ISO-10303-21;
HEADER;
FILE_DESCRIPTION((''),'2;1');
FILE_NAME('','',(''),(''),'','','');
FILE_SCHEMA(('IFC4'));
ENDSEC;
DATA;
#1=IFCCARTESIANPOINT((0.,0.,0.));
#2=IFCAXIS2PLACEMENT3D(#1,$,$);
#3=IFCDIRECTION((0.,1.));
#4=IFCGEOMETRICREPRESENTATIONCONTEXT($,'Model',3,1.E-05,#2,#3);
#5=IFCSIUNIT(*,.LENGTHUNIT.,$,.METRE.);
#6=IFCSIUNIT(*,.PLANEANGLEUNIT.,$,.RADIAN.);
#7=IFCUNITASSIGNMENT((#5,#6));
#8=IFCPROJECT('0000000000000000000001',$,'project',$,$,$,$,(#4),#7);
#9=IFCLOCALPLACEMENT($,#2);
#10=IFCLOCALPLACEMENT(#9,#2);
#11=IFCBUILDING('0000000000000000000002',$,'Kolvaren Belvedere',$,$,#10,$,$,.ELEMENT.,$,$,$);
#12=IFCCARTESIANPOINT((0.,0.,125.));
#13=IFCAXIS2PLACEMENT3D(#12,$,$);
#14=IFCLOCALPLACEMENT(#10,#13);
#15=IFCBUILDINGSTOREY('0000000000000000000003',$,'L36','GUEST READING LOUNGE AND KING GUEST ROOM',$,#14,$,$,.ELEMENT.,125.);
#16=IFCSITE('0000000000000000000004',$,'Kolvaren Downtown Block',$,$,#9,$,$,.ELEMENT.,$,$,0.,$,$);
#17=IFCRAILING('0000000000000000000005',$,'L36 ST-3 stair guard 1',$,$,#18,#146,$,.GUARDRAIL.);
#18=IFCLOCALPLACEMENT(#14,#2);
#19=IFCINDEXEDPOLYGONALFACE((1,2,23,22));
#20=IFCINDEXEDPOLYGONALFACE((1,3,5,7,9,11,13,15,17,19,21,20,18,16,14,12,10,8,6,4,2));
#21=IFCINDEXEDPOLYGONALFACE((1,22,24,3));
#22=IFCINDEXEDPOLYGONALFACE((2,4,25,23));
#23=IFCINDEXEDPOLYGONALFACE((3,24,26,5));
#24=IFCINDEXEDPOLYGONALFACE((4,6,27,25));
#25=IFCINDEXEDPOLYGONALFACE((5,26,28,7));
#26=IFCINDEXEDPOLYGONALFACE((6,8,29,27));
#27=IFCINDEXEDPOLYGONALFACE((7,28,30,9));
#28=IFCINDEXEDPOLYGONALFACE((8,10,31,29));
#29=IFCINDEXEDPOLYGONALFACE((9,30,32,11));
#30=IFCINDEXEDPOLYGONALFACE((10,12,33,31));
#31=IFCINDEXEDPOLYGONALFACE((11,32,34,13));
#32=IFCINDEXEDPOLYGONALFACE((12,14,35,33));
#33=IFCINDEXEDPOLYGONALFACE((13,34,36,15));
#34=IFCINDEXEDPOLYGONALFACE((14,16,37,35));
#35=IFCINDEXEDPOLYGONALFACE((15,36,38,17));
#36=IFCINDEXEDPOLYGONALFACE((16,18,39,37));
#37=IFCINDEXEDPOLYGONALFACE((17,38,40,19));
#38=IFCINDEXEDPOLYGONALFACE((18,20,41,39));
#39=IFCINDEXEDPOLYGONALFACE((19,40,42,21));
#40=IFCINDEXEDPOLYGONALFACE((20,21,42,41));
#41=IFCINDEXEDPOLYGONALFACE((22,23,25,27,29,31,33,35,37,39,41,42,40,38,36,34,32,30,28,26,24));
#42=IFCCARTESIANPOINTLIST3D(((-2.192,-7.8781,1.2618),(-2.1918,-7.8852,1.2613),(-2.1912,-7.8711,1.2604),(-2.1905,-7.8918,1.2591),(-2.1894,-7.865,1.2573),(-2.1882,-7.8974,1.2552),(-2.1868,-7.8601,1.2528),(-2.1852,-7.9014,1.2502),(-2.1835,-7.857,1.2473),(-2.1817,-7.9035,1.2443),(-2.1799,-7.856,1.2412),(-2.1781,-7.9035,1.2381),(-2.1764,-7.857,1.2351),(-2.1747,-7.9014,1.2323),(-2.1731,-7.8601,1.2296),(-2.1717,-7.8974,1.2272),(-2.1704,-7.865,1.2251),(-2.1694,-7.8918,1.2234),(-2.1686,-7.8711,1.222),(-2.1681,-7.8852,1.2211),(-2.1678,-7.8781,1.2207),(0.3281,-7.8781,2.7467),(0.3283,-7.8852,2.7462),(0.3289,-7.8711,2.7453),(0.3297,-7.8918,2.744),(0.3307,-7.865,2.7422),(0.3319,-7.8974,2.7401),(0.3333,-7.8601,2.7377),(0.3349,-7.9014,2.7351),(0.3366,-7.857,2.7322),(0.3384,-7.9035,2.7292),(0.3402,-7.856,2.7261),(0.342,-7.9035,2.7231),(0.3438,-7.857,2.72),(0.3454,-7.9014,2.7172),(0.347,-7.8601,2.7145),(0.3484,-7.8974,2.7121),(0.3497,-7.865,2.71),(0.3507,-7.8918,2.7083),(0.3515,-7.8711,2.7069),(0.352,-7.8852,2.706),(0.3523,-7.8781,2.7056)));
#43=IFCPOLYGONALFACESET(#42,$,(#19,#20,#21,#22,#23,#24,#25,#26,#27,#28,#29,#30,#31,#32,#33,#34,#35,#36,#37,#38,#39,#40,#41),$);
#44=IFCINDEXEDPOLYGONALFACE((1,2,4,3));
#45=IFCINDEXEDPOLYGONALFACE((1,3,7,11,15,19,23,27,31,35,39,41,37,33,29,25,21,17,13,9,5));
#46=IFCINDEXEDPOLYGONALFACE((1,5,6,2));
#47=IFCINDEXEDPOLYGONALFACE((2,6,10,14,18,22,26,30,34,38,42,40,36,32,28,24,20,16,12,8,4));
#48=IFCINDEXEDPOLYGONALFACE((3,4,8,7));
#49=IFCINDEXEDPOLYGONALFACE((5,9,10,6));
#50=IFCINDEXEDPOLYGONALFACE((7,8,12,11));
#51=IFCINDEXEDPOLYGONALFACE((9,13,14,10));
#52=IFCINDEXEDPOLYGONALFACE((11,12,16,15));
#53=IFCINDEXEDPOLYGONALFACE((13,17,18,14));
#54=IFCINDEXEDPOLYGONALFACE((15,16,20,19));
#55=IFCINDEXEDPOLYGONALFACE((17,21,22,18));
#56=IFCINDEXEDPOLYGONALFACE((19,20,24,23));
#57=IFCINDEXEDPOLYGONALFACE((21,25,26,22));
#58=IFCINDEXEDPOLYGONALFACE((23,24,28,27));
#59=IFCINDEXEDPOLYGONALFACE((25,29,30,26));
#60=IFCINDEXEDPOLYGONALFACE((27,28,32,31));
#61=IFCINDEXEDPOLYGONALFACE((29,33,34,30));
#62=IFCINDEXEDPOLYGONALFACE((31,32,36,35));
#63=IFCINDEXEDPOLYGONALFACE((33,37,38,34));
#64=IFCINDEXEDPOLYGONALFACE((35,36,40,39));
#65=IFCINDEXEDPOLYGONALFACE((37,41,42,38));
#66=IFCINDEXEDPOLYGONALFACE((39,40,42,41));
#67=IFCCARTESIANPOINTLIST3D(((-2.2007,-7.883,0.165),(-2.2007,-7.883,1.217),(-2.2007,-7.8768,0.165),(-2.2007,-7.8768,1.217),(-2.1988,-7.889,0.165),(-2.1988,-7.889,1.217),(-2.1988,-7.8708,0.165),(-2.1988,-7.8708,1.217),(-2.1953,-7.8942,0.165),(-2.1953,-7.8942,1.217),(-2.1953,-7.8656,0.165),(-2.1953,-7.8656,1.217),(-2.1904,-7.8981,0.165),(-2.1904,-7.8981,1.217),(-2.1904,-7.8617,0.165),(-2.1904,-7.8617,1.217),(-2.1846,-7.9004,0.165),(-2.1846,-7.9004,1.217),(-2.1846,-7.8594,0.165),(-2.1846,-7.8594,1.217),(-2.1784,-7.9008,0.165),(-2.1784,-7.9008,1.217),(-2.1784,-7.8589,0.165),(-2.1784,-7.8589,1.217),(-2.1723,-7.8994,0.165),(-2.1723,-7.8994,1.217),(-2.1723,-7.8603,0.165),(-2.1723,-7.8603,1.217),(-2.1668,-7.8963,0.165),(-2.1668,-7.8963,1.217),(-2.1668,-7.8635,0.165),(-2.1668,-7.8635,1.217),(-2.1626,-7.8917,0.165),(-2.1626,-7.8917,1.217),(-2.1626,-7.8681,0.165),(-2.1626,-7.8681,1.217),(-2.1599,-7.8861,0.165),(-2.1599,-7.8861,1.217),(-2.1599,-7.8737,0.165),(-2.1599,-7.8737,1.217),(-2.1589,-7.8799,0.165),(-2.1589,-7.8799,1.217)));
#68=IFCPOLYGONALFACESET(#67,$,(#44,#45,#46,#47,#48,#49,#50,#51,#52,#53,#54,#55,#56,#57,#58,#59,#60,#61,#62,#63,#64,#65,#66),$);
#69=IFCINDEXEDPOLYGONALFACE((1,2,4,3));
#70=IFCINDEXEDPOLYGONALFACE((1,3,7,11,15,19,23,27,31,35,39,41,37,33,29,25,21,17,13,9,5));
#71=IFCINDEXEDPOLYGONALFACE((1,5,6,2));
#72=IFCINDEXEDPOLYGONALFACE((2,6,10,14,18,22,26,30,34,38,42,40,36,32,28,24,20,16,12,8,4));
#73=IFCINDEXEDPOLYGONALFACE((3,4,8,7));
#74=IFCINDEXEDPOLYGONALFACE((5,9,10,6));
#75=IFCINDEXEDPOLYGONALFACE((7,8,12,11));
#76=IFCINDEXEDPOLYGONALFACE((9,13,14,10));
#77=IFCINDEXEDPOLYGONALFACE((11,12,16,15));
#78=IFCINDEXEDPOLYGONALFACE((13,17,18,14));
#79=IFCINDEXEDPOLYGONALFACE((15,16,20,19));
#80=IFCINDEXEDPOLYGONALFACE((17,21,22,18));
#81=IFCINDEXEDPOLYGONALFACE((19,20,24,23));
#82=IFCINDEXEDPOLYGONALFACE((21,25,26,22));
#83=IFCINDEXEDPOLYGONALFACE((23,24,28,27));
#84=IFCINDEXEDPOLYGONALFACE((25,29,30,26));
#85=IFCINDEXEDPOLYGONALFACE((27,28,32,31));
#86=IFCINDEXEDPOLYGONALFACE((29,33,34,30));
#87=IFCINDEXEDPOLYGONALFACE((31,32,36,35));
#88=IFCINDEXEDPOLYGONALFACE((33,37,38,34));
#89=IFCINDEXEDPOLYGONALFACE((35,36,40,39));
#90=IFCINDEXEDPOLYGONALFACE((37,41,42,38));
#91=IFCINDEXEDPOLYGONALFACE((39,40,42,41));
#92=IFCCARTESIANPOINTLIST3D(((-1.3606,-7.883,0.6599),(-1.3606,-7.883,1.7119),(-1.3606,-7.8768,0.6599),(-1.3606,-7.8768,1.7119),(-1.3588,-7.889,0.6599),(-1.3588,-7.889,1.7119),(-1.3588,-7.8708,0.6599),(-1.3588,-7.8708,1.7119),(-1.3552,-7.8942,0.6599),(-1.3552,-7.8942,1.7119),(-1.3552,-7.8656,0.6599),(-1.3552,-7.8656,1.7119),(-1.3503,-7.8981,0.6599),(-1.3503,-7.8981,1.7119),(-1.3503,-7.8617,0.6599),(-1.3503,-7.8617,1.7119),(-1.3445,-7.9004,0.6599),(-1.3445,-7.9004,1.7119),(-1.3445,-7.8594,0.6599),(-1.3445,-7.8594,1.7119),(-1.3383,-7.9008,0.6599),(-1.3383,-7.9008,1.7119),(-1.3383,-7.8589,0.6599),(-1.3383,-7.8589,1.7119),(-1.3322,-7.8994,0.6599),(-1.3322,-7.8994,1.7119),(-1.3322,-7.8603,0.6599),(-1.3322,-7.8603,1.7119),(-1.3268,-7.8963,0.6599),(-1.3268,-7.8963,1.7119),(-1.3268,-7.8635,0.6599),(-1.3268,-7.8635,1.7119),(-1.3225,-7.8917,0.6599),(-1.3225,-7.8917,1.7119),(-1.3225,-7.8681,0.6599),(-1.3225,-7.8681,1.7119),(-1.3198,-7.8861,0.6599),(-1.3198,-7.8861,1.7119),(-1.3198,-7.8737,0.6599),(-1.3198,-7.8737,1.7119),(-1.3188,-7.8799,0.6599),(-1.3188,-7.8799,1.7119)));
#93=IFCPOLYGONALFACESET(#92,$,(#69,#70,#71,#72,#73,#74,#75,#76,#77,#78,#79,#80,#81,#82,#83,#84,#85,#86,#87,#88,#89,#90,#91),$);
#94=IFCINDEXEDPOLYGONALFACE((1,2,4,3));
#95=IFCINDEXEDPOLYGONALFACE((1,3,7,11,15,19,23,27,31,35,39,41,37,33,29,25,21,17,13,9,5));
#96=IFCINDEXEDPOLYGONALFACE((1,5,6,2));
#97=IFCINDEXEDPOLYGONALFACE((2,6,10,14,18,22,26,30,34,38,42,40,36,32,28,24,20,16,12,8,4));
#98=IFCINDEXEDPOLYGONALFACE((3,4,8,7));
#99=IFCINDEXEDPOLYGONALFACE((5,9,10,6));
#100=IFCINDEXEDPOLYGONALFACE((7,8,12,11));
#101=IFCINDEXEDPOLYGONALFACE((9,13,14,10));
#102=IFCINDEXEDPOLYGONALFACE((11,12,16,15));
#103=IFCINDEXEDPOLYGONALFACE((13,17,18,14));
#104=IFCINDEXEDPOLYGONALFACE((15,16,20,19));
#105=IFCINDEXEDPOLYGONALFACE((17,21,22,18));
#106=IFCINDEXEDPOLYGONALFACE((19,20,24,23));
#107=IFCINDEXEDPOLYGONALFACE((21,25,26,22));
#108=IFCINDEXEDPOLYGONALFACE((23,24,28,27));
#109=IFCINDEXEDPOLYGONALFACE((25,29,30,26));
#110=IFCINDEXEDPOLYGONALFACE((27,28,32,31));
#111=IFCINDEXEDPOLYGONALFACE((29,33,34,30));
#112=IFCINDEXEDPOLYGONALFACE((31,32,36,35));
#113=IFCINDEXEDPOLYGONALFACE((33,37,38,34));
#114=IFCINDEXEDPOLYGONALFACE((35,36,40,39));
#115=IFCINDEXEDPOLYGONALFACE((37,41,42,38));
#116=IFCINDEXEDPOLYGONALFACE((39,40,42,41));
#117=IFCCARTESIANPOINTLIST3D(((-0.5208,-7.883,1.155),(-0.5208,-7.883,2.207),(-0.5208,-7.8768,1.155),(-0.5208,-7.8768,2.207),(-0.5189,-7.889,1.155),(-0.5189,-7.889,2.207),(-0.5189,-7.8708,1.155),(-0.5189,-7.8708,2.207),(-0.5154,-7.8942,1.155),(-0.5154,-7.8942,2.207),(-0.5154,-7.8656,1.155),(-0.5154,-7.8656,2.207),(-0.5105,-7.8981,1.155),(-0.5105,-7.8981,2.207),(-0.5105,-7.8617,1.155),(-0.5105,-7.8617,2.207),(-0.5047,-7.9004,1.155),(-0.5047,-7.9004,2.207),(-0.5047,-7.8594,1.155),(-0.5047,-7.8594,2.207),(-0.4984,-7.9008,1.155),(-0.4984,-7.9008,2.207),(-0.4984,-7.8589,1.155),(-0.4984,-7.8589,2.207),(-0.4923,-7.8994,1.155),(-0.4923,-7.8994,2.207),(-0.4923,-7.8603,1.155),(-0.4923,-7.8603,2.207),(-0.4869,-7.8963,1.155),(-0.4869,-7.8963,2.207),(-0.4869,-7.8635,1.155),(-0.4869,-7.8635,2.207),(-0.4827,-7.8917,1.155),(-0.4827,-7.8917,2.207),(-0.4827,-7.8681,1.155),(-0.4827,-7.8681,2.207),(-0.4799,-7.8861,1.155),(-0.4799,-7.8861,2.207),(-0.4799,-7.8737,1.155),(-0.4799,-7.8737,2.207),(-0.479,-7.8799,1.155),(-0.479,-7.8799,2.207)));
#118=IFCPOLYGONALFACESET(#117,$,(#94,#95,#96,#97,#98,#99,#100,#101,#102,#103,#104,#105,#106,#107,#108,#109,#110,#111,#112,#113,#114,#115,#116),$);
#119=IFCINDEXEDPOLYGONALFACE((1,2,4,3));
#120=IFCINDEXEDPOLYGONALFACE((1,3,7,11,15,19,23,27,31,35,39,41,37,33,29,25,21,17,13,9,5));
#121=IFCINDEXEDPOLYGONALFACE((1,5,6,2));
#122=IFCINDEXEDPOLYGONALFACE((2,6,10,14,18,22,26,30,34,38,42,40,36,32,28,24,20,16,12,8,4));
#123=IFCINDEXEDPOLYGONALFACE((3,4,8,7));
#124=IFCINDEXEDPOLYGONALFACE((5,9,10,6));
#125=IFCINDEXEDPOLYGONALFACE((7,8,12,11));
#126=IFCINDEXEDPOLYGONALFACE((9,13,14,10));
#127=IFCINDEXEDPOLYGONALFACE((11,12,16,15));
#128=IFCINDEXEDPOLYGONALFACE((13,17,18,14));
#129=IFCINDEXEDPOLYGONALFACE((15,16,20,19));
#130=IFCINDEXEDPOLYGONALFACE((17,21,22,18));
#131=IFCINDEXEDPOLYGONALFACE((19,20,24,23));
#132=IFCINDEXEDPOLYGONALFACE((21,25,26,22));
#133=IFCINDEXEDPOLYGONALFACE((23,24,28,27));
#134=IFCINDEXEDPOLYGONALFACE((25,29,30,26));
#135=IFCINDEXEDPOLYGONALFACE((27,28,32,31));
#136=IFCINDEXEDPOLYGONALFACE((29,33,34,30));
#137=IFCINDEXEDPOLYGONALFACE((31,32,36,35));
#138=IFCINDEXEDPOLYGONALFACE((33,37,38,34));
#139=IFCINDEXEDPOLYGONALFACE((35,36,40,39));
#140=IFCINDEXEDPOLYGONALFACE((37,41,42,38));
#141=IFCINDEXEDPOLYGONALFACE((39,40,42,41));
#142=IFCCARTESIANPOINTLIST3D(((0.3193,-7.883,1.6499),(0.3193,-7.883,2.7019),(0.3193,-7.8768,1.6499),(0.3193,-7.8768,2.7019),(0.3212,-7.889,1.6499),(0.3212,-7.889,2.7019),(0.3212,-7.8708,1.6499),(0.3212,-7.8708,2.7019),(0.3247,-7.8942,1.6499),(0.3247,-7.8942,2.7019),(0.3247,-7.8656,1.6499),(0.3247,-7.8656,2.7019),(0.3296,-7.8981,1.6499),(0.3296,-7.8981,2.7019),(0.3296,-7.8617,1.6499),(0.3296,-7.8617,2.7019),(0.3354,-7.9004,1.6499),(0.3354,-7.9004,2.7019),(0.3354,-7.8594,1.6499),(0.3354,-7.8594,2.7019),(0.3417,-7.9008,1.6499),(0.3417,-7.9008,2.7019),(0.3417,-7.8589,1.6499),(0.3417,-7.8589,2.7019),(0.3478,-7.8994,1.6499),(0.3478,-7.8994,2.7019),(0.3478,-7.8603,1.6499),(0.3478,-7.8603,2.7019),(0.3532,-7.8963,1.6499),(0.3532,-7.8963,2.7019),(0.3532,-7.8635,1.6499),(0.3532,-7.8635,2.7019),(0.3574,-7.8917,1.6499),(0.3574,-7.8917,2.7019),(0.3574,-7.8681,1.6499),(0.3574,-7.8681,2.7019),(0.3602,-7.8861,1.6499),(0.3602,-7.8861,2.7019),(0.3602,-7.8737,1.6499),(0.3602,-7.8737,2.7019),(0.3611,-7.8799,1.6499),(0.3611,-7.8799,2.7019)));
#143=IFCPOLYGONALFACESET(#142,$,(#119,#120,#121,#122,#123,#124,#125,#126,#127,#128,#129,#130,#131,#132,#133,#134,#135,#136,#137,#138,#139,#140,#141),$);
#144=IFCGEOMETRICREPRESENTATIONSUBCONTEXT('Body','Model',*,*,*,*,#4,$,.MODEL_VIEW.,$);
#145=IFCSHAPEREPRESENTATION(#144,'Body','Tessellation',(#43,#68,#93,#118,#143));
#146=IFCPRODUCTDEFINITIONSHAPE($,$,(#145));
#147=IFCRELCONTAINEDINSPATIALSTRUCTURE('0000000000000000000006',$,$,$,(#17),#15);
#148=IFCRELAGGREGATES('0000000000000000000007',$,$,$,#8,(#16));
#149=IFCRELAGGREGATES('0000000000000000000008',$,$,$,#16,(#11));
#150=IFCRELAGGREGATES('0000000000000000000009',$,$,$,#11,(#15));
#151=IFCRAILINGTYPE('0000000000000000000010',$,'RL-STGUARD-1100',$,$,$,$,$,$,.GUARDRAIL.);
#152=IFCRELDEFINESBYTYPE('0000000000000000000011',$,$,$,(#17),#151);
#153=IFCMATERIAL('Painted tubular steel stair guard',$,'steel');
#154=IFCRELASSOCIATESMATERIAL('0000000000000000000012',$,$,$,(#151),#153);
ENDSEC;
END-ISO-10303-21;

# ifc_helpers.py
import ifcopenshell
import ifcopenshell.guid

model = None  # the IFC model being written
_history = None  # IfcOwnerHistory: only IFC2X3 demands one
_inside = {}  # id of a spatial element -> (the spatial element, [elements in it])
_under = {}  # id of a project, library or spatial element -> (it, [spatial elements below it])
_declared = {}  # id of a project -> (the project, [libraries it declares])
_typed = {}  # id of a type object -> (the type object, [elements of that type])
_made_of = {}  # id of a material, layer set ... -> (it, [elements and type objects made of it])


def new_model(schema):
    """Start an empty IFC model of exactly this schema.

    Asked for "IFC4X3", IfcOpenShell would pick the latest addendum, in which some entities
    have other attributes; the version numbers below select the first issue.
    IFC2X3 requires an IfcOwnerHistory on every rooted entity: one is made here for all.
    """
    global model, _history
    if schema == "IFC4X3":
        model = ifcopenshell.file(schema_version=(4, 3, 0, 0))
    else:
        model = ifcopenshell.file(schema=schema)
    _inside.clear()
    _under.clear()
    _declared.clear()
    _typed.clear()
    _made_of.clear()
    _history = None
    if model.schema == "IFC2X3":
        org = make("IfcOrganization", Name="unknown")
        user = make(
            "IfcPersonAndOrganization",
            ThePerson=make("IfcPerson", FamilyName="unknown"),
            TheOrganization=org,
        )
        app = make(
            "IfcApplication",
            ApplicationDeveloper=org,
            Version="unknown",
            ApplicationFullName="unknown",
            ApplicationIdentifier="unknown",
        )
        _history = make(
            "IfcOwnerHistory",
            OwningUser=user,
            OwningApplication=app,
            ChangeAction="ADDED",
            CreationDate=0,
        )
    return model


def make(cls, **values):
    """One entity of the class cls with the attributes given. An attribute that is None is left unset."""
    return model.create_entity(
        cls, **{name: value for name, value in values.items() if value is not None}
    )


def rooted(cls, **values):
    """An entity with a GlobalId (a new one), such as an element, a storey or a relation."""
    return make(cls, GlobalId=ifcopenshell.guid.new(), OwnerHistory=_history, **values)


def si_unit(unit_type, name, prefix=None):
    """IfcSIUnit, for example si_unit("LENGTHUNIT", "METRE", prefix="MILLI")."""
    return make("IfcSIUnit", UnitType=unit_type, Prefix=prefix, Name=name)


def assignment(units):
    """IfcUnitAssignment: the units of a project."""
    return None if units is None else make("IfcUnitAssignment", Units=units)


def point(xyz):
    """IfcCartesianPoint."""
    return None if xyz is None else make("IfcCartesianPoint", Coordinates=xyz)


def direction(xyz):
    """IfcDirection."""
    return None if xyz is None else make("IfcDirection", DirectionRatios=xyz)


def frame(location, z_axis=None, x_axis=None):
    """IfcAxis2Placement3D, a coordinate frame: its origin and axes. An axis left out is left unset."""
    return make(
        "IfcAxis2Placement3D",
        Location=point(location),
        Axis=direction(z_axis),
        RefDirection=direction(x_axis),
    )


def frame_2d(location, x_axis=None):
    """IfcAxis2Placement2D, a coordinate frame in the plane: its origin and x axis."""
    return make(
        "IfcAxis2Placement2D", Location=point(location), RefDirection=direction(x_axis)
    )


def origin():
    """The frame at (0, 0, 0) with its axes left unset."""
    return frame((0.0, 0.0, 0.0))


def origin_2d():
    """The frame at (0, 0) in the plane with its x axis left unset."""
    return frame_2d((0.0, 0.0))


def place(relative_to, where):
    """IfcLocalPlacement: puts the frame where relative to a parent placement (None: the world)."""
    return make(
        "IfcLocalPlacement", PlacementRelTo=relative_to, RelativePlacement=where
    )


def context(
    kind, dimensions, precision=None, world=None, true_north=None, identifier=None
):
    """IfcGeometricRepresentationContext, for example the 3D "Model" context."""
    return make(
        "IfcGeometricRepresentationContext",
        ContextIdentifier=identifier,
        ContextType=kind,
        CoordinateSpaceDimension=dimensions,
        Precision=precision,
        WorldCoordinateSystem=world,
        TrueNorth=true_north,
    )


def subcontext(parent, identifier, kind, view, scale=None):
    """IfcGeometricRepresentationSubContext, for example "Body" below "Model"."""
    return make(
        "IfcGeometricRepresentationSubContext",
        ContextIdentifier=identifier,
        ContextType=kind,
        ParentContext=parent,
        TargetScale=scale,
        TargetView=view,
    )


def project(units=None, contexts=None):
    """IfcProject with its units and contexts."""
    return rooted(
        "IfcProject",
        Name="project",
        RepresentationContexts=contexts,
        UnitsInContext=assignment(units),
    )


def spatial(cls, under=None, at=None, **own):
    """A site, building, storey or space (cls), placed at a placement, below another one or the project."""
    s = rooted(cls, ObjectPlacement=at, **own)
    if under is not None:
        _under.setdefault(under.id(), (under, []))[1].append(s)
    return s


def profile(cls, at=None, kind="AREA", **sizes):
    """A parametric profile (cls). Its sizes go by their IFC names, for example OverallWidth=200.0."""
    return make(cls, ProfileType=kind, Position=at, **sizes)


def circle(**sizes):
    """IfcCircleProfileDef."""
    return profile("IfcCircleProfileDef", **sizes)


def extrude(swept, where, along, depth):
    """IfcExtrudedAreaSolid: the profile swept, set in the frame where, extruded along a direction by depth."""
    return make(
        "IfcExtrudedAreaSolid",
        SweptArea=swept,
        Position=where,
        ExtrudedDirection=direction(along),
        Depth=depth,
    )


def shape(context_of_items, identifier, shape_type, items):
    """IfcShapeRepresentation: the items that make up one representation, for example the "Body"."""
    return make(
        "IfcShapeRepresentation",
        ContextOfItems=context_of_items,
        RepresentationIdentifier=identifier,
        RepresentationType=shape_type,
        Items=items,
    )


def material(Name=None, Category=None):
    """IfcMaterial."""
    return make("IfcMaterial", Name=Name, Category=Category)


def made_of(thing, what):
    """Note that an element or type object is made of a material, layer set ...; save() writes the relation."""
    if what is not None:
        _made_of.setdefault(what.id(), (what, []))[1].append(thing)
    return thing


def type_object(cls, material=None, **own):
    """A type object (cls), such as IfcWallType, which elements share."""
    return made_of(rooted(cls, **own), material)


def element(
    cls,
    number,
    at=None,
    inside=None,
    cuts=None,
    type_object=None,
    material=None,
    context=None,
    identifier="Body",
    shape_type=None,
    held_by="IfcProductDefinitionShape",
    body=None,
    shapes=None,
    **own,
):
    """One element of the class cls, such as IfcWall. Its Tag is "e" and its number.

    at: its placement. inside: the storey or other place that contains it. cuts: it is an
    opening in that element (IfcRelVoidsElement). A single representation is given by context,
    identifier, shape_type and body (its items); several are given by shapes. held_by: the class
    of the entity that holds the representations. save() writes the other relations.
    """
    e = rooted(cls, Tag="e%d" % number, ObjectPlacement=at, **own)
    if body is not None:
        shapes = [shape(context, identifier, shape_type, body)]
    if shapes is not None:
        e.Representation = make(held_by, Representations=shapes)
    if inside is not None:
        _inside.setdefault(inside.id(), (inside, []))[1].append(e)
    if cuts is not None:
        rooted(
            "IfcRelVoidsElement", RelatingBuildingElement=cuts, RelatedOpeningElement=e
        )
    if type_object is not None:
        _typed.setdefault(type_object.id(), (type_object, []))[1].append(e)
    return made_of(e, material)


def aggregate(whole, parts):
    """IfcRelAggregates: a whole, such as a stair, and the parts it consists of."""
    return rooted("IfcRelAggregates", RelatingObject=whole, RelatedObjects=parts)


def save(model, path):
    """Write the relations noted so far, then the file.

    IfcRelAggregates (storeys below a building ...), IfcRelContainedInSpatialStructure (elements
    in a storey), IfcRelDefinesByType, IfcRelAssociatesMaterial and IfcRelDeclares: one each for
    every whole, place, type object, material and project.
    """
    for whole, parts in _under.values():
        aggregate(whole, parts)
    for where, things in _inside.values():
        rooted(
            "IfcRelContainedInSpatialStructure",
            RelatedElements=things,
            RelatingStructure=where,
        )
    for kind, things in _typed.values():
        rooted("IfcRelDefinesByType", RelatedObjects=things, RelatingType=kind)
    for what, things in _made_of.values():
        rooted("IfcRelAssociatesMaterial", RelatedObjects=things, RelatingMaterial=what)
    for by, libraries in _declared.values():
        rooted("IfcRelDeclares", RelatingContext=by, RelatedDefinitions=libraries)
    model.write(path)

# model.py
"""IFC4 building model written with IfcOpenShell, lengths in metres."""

from ifc_helpers import new_model, si_unit, direction, frame, origin, origin_2d, place, context, subcontext, project, spatial, circle, extrude, material, type_object, element, save


model = new_model("IFC4")

# Units and contexts
model_context = context("Model", 3, precision=1e-05, world=origin(), true_north=direction((0.0, 1.0)))
body_context = subcontext(model_context, "Body", "Model", "MODEL_VIEW")
ifc_project = project(units=[si_unit("LENGTHUNIT", "METRE"), si_unit("PLANEANGLEUNIT", "RADIAN")], contexts=[model_context])

# Site, building, storey
site_placement = place(None, origin())
site = spatial("IfcSite", under=ifc_project, at=site_placement, Name="Kolvaren Downtown Block", CompositionType="ELEMENT", RefElevation=0.0)
building_placement = place(site_placement, origin())
building = spatial("IfcBuilding", under=site, at=building_placement, Name="Kolvaren Belvedere", CompositionType="ELEMENT")
storey_placement = place(building_placement, frame((0.0, 0.0, 125.0)))
storey = spatial("IfcBuildingStorey", under=building, at=storey_placement, Name="L36", Description="GUEST READING LOUNGE AND KING GUEST ROOM", CompositionType="ELEMENT", Elevation=125.0)

# Railing
ifc_material_1 = material(Name="Painted tubular steel stair guard", Category="steel")
railing_type_1 = type_object("IfcRailingType", Name="RL-STGUARD-1100", PredefinedType="GUARDRAIL", material=ifc_material_1)
railing_1_placement = place(storey_placement, frame((-2.1799, -7.8799, 0.165)))
element("IfcRailing", 1, at=railing_1_placement, inside=storey, type_object=railing_type_1, Name="L36 ST-3 stair guard 1", PredefinedType="GUARDRAIL", context=body_context, shape_type="SweptSolid", body=[
    extrude(circle(Radius=0.0239, at=origin_2d()), frame((0.0, 0.0, 1.0762), z_axis=(0.861561, 0.0, 0.507655), x_axis=(0.0, 1.0, 0.0)), (0.0, 0.0, 1.0), 2.925),
    extrude(circle(Radius=0.021, at=origin_2d()), origin(), (0.0, 0.0, 1.0), 1.052),
    extrude(circle(Radius=0.021, at=origin_2d()), frame((0.8401, 0.0, 0.4949)), (0.0, 0.0, 1.0), 1.052),
    extrude(circle(Radius=0.021, at=origin_2d()), frame((1.6799, 0.0, 0.99)), (0.0, 0.0, 1.0), 1.052),
    extrude(circle(Radius=0.021, at=origin_2d()), frame((2.52, 0.0, 1.4849)), (0.0, 0.0, 1.0), 1.052),
])

save(model, "model.ifc")
